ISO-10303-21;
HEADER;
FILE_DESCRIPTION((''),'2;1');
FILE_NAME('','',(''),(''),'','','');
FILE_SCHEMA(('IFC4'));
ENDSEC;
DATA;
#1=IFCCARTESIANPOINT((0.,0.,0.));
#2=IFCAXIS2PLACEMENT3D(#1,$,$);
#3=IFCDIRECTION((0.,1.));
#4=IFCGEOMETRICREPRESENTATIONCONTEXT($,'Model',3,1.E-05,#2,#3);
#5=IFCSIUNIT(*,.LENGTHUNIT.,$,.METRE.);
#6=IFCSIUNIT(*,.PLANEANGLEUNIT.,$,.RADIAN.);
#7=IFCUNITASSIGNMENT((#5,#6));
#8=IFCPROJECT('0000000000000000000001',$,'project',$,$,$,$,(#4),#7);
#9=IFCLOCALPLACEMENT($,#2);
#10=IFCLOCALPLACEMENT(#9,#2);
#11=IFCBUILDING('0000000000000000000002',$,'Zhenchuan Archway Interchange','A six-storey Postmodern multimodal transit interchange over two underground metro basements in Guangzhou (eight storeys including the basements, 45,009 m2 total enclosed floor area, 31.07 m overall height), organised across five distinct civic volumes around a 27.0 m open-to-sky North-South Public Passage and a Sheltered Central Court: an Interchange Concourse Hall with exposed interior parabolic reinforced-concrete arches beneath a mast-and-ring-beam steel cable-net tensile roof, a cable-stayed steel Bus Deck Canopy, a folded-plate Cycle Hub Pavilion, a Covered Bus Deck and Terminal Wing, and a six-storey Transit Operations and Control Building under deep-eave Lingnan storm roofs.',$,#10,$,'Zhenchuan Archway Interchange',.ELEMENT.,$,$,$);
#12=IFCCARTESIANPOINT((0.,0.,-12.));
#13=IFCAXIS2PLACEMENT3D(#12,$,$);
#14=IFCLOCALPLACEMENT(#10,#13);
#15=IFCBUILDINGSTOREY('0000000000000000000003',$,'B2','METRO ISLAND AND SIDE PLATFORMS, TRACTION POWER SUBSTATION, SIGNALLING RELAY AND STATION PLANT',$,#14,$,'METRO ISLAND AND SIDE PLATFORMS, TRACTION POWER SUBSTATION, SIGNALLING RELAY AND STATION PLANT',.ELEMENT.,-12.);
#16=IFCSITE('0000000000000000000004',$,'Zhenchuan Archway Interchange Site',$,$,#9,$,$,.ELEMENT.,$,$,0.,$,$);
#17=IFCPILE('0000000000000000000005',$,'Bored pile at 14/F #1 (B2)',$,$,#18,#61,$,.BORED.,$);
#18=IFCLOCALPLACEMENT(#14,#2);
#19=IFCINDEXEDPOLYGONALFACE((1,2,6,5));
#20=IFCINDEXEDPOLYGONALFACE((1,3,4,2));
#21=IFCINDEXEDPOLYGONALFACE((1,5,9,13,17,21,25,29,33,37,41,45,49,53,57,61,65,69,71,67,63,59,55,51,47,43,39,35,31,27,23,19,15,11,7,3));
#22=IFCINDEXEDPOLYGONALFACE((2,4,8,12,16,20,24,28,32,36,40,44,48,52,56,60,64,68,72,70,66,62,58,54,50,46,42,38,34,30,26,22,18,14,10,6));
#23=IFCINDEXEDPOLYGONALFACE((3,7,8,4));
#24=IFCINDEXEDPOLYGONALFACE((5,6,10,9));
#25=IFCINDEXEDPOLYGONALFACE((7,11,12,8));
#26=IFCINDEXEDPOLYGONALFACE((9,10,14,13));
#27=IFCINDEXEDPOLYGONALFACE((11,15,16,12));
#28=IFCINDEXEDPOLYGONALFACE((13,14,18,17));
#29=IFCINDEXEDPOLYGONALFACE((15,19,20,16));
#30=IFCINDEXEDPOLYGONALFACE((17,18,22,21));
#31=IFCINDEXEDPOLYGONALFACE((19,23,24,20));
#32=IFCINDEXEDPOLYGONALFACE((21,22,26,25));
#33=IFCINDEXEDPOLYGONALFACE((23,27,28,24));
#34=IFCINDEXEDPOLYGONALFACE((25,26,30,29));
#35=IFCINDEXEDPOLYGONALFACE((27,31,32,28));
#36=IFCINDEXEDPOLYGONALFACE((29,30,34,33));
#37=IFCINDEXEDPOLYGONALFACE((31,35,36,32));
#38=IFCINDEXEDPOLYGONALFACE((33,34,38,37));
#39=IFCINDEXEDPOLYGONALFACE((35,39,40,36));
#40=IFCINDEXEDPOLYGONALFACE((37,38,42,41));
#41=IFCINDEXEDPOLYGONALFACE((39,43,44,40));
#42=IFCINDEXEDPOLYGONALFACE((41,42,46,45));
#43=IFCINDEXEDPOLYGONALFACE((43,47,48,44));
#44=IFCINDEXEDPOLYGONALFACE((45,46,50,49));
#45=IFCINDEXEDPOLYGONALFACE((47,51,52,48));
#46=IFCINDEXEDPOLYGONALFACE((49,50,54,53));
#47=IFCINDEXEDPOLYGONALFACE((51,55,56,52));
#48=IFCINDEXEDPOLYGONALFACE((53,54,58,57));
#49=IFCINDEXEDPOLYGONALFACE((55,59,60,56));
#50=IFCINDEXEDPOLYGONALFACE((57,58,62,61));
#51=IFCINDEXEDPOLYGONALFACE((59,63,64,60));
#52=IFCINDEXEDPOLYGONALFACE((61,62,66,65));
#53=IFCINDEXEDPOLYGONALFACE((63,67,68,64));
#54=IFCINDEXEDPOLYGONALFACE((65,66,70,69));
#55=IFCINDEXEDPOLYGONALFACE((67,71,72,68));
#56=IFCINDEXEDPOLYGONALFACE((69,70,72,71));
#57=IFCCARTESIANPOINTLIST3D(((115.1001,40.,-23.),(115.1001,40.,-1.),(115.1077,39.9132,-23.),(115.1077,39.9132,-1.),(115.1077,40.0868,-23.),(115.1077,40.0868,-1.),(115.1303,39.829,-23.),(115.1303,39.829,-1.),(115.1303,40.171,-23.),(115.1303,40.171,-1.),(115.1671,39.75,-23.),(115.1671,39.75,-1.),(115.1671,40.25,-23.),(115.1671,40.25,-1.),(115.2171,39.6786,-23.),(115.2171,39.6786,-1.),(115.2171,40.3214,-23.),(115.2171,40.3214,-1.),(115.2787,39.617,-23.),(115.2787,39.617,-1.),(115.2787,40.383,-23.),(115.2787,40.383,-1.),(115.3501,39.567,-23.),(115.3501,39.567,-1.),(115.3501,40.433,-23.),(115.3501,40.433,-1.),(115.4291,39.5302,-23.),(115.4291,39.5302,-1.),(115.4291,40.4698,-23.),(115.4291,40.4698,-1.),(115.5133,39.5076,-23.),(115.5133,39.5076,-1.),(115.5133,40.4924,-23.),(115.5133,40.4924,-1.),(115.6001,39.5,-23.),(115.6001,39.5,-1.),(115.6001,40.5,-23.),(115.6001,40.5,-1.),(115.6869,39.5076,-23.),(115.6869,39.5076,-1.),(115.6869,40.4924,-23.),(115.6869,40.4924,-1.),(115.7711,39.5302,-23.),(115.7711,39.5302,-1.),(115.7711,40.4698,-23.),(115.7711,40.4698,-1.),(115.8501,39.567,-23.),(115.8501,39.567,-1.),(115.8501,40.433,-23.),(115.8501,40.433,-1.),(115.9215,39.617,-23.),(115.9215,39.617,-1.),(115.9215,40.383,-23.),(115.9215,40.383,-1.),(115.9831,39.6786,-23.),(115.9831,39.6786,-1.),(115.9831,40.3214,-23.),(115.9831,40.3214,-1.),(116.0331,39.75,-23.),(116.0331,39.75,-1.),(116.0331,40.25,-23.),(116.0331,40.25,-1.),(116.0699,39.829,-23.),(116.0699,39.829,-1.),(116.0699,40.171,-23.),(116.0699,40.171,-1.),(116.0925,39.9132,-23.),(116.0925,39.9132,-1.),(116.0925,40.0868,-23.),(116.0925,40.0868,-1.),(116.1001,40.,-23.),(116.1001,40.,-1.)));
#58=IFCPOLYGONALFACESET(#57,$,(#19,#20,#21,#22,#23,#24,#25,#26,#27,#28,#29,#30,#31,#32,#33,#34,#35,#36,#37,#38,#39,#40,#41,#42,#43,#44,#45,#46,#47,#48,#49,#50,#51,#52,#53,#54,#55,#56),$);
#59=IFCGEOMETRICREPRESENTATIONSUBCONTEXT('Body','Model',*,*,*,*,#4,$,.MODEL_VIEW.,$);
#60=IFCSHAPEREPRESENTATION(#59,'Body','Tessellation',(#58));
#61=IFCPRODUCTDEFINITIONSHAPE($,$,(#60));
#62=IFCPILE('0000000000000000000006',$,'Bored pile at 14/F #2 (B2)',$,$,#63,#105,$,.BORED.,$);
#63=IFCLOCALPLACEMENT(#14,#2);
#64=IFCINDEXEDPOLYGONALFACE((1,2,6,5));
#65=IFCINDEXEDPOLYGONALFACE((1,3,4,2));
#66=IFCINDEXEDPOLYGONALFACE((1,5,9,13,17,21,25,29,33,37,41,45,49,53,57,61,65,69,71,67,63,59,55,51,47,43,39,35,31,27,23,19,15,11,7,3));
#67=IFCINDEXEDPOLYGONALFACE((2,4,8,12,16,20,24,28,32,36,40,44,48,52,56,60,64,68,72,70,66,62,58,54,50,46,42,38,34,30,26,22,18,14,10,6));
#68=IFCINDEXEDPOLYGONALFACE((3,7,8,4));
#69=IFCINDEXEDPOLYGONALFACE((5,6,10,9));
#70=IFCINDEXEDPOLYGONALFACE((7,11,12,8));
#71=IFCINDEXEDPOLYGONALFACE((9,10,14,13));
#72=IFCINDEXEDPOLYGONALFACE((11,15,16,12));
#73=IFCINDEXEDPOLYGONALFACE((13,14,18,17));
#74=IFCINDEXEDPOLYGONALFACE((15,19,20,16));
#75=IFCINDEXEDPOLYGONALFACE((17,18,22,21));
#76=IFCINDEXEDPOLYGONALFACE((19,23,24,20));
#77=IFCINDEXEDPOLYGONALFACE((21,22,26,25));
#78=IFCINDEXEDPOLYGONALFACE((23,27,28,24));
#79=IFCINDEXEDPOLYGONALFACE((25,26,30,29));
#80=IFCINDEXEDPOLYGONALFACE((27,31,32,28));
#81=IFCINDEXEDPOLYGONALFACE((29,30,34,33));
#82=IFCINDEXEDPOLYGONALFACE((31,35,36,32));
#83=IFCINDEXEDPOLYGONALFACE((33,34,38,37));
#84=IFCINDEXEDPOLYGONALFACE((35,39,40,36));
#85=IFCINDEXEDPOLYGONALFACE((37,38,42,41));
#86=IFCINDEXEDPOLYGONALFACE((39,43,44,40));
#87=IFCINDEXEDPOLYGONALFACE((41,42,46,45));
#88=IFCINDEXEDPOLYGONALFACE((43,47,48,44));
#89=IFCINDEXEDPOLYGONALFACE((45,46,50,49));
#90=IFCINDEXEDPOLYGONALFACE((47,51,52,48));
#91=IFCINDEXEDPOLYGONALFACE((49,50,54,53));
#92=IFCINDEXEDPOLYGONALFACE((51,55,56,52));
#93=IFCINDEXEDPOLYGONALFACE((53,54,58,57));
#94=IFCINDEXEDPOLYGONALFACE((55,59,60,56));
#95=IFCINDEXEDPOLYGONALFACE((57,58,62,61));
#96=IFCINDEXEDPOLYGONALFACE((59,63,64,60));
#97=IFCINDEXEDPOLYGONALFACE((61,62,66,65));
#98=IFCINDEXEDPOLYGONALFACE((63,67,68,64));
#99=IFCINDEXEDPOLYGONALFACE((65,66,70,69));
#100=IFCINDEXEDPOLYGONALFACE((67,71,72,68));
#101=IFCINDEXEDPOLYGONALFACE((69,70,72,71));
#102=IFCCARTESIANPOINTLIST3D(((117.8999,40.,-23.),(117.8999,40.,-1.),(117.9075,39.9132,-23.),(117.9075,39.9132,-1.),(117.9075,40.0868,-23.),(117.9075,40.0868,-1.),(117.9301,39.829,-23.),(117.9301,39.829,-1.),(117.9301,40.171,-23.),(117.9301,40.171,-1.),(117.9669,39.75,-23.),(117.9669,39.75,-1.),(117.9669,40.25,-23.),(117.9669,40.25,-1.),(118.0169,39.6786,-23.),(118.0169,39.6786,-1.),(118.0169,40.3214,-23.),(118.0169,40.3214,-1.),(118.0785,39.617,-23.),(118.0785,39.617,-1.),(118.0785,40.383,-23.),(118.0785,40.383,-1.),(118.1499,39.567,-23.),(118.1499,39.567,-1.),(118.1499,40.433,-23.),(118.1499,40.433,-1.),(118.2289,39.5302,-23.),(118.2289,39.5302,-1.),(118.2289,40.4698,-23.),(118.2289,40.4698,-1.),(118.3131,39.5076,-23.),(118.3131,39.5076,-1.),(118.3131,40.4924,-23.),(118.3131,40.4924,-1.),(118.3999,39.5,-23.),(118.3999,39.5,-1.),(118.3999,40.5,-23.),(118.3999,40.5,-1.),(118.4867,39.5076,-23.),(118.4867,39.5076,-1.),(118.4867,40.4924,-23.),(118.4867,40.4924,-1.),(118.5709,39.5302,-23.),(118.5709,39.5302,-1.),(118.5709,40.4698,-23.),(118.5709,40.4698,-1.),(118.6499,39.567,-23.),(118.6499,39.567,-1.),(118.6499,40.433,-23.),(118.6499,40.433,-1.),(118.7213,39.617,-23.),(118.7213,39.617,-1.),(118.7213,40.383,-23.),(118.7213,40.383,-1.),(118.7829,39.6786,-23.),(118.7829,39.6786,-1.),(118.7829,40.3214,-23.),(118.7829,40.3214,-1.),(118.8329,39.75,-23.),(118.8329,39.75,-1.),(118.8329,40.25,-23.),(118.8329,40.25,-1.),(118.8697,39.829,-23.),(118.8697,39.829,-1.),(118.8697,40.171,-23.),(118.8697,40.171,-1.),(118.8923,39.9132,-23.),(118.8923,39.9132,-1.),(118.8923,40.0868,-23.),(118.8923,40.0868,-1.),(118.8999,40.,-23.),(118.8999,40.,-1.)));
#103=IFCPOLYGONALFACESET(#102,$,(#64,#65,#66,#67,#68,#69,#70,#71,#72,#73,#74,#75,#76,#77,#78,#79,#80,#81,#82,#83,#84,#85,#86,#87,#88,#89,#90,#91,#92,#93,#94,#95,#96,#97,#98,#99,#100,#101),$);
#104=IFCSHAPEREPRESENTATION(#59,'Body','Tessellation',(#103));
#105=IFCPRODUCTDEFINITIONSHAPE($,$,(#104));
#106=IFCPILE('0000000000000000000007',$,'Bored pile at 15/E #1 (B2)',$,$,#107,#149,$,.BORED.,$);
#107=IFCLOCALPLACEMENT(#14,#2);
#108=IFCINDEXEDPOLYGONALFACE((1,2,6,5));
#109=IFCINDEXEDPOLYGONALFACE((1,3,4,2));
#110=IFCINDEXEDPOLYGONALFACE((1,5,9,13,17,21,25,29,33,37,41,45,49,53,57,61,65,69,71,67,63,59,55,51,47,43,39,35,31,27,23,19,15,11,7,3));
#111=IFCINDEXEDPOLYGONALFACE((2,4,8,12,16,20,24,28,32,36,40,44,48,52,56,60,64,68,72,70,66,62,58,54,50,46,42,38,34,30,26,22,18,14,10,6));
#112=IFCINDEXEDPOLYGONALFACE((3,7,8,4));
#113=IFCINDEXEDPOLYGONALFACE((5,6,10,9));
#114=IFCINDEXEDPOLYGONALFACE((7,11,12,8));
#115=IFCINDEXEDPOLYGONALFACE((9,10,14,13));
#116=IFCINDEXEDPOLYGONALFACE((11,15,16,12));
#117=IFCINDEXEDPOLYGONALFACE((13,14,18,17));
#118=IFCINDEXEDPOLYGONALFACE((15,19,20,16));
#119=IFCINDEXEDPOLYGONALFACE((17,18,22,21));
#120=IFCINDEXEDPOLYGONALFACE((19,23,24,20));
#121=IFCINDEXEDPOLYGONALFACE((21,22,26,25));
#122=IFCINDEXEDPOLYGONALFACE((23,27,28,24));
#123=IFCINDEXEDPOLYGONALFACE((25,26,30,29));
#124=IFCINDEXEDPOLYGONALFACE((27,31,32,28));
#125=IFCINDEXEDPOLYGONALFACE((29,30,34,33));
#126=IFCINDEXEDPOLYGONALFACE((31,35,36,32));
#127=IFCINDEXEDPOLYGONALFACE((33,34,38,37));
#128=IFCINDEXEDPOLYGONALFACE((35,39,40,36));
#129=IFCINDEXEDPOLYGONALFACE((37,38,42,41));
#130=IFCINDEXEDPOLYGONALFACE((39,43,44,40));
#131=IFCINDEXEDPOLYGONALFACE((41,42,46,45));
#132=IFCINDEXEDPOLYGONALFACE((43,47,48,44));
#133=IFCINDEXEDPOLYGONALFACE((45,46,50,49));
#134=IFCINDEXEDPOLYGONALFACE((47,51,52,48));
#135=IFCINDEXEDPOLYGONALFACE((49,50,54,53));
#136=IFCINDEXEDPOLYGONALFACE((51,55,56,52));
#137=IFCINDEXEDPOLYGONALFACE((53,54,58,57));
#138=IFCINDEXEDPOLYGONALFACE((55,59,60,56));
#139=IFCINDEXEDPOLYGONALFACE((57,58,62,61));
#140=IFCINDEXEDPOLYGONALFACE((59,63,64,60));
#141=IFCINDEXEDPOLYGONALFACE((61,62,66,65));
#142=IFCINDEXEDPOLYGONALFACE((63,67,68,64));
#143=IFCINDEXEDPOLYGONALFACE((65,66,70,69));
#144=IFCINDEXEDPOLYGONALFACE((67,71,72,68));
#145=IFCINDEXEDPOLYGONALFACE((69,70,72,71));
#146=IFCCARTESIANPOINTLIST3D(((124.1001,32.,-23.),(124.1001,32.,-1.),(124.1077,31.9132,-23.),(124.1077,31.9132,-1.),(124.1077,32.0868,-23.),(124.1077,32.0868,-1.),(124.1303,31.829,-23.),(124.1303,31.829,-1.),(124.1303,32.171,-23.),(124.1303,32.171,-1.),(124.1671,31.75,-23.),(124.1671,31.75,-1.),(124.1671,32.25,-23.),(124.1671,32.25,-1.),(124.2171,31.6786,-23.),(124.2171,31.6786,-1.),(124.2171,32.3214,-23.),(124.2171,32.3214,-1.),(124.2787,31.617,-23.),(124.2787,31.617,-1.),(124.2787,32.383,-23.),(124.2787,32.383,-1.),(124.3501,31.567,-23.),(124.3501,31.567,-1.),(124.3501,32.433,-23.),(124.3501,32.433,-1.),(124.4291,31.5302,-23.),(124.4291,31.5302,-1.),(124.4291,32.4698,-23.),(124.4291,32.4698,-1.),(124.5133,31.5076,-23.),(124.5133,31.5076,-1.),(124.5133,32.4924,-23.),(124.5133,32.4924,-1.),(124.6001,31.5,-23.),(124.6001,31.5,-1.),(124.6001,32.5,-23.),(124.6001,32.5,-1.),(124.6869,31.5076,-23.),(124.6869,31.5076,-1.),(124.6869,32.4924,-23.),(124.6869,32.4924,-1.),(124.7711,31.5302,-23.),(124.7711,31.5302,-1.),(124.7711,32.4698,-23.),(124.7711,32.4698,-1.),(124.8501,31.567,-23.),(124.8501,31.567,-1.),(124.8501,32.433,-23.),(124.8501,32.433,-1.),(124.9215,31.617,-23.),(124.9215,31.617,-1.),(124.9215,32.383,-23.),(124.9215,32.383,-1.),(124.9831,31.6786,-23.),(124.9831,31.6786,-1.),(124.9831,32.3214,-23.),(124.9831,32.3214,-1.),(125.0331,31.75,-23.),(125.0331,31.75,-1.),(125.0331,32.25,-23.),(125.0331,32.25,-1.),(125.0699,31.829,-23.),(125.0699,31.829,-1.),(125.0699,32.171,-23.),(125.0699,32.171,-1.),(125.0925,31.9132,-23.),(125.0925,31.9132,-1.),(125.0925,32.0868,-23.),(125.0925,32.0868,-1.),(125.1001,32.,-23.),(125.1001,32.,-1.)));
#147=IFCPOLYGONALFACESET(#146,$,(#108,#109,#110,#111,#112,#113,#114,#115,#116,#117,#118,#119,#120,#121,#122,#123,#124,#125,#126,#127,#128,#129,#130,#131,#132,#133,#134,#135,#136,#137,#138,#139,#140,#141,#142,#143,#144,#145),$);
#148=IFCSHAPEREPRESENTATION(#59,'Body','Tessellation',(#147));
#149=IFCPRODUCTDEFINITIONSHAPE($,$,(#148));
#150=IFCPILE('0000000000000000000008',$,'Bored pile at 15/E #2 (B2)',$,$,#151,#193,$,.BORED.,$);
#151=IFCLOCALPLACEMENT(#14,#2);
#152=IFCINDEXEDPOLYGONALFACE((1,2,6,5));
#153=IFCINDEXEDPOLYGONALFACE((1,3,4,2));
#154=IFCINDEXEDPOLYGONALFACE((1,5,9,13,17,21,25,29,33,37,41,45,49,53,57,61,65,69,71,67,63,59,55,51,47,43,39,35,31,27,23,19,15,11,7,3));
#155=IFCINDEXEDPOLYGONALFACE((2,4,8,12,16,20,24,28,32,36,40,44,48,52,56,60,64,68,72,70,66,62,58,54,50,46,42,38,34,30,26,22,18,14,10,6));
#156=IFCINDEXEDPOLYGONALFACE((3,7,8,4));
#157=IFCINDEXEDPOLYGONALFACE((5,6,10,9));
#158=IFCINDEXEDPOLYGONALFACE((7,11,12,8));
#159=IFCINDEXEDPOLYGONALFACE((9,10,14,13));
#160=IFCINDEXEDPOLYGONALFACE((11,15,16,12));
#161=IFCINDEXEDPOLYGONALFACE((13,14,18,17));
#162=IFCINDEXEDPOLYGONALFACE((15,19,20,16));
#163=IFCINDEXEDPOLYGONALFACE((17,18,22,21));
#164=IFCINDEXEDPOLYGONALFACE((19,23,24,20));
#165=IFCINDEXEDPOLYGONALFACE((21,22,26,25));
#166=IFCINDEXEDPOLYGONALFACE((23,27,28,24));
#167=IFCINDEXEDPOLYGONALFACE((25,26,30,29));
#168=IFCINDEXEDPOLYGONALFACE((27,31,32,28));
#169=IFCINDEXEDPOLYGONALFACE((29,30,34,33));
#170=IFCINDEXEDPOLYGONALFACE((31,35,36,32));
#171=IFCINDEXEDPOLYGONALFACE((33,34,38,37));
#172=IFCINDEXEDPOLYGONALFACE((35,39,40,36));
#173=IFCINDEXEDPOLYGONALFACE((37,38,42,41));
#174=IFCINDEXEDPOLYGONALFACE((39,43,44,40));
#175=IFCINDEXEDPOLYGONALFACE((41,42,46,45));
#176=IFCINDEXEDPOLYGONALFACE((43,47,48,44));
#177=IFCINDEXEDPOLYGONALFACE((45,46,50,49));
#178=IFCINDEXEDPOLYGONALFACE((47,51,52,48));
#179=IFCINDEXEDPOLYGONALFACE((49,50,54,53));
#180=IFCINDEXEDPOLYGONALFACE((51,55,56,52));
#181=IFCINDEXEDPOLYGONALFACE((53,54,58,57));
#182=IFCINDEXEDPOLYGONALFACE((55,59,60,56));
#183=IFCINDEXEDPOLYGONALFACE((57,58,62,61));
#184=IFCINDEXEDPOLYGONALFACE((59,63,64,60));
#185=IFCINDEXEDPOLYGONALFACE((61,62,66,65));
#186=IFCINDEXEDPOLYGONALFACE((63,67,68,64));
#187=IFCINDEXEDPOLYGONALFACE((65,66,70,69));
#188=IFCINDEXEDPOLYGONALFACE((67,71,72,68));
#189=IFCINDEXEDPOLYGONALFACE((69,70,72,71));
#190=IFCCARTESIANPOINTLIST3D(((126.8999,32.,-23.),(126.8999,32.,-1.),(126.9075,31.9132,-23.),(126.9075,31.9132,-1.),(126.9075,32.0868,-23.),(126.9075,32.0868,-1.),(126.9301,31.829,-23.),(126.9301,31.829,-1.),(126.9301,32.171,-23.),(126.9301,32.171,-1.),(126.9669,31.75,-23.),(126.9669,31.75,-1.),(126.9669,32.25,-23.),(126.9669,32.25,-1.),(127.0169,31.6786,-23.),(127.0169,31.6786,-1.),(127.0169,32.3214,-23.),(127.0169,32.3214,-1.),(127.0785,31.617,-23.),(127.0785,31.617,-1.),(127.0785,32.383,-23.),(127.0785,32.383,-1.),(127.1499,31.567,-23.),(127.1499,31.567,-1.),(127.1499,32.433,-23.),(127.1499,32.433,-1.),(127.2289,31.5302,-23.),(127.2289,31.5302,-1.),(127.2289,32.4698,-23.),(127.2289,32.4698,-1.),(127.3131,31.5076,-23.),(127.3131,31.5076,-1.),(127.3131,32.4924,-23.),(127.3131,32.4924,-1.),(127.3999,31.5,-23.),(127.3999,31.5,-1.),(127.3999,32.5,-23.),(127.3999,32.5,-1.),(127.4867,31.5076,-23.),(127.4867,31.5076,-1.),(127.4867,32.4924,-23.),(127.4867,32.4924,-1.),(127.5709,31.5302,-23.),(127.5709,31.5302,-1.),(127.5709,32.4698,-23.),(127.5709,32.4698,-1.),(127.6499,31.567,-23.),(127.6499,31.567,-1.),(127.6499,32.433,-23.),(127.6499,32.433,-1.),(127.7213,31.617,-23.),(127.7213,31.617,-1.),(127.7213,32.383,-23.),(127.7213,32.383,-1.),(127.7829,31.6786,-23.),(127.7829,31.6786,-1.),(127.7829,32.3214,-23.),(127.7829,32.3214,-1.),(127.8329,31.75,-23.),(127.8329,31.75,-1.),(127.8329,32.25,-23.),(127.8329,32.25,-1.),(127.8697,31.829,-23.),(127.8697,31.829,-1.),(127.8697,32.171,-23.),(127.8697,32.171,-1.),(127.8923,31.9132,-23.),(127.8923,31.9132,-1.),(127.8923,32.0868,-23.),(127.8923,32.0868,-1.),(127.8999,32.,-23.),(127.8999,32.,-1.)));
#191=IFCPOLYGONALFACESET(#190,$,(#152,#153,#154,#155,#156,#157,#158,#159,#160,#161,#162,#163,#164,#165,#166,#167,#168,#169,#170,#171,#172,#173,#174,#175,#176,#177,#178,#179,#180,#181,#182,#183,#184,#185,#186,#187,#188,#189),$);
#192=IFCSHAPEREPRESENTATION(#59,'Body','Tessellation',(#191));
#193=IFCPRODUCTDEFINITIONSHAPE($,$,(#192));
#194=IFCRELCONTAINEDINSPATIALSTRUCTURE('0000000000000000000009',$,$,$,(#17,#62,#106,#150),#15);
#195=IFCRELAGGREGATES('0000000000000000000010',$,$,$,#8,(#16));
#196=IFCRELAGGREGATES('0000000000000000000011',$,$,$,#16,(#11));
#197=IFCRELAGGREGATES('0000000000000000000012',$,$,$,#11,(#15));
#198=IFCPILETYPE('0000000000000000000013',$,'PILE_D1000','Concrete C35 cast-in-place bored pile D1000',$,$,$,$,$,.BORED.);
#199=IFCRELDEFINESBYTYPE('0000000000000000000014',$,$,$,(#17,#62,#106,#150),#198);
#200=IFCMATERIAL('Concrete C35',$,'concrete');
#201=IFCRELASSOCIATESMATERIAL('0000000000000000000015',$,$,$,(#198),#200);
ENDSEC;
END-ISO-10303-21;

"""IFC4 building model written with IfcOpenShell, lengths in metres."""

from ifc_helpers import new_model, si_unit, direction, frame, origin, origin_2d, place, context, subcontext, project, spatial, circle, extrude, material, material_profile, profile_set, type_object, element, save


model = new_model("IFC4")

# Units and contexts
model_context = context("Model", 3, precision=1e-05, world=origin(), true_north=direction((0.0, 1.0)))
body_context = subcontext(model_context, "Body", "Model", "MODEL_VIEW")
ifc_project = project(units=[si_unit("LENGTHUNIT", "METRE"), si_unit("PLANEANGLEUNIT", "RADIAN")], contexts=[model_context])

# Site, building, storey
site_placement = place(None, origin())
site = spatial("IfcSite", under=ifc_project, at=site_placement, Name="Zhenchuan Archway Interchange Site", CompositionType="ELEMENT", RefElevation=0.0)
building_placement = place(site_placement, origin())
building = spatial("IfcBuilding", under=site, at=building_placement, Name="Zhenchuan Archway Interchange", Description="A six-storey Postmodern multimodal transit interchange over two underground metro basements in Guangzhou (eight storeys including the basements, 45,009 m2 total enclosed floor area, 31.07 m overall height), organised across five distinct civic volumes around a 27.0 m open-to-sky North-South Public Passage and a Sheltered Central Court: an Interchange Concourse Hall with exposed interior parabolic reinforced-concrete arches beneath a mast-and-ring-beam steel cable-net tensile roof, a cable-stayed steel Bus Deck Canopy, a folded-plate Cycle Hub Pavilion, a Covered Bus Deck and Terminal Wing, and a six-storey Transit Operations and Control Building under deep-eave Lingnan storm roofs.", LongName="Zhenchuan Archway Interchange", CompositionType="ELEMENT")
storey_placement = place(building_placement, frame((0.0, 0.0, -12.0)))
storey = spatial("IfcBuildingStorey", under=building, at=storey_placement, Name="B2", Description="METRO ISLAND AND SIDE PLATFORMS, TRACTION POWER SUBSTATION, SIGNALLING RELAY AND STATION PLANT", LongName="METRO ISLAND AND SIDE PLATFORMS, TRACTION POWER SUBSTATION, SIGNALLING RELAY AND STATION PLANT", CompositionType="ELEMENT", Elevation=-12.0)

# Piles
ifc_material_1 = material(Name="Concrete C35", Category="concrete")
ifc_material_profile_1 = material_profile(ifc_material_1, circle(Radius=0.5, at=origin_2d()), Name="BORED PILE 1000")
ifc_profile_set_1 = profile_set([ifc_material_profile_1], Name="Concrete C35")
pile_type_1 = type_object("IfcPileType", Name="PILE_D1000", Description="Concrete C35 cast-in-place bored pile D1000", PredefinedType="BORED", material=ifc_profile_set_1)
for number, where, z_axis, x_axis, name in (
    (1, (115.6001, 40.0, -1.0), (0.0, 0.0, -1.0), (1.0, 0.0, 0.0), "Bored pile at 14/F #1 (B2)"),
    (2, (118.3999, 40.0, -1.0), (0.0, 0.0, -1.0), (1.0, 0.0, 0.0), "Bored pile at 14/F #2 (B2)"),
    (3, (124.6001, 32.0, -1.0), (0.0, 0.0, -1.0), (1.0, 0.0, 0.0), "Bored pile at 15/E #1 (B2)"),
    (4, (127.3999, 32.0, -1.0), (0.0, 0.0, -1.0), (1.0, 0.0, 0.0), "Bored pile at 15/E #2 (B2)"),
):
    element("IfcPile", number, at=place(storey_placement, frame(where, z_axis=z_axis, x_axis=x_axis)), inside=storey, type_object=pile_type_1, Name=name, PredefinedType="BORED", context=body_context, shape_type="SweptSolid", body=[
        extrude(circle(Radius=0.5, at=origin_2d()), origin(), (0.0, 0.0, 1.0), 22.0),
    ])

save(model, "model.ifc")
